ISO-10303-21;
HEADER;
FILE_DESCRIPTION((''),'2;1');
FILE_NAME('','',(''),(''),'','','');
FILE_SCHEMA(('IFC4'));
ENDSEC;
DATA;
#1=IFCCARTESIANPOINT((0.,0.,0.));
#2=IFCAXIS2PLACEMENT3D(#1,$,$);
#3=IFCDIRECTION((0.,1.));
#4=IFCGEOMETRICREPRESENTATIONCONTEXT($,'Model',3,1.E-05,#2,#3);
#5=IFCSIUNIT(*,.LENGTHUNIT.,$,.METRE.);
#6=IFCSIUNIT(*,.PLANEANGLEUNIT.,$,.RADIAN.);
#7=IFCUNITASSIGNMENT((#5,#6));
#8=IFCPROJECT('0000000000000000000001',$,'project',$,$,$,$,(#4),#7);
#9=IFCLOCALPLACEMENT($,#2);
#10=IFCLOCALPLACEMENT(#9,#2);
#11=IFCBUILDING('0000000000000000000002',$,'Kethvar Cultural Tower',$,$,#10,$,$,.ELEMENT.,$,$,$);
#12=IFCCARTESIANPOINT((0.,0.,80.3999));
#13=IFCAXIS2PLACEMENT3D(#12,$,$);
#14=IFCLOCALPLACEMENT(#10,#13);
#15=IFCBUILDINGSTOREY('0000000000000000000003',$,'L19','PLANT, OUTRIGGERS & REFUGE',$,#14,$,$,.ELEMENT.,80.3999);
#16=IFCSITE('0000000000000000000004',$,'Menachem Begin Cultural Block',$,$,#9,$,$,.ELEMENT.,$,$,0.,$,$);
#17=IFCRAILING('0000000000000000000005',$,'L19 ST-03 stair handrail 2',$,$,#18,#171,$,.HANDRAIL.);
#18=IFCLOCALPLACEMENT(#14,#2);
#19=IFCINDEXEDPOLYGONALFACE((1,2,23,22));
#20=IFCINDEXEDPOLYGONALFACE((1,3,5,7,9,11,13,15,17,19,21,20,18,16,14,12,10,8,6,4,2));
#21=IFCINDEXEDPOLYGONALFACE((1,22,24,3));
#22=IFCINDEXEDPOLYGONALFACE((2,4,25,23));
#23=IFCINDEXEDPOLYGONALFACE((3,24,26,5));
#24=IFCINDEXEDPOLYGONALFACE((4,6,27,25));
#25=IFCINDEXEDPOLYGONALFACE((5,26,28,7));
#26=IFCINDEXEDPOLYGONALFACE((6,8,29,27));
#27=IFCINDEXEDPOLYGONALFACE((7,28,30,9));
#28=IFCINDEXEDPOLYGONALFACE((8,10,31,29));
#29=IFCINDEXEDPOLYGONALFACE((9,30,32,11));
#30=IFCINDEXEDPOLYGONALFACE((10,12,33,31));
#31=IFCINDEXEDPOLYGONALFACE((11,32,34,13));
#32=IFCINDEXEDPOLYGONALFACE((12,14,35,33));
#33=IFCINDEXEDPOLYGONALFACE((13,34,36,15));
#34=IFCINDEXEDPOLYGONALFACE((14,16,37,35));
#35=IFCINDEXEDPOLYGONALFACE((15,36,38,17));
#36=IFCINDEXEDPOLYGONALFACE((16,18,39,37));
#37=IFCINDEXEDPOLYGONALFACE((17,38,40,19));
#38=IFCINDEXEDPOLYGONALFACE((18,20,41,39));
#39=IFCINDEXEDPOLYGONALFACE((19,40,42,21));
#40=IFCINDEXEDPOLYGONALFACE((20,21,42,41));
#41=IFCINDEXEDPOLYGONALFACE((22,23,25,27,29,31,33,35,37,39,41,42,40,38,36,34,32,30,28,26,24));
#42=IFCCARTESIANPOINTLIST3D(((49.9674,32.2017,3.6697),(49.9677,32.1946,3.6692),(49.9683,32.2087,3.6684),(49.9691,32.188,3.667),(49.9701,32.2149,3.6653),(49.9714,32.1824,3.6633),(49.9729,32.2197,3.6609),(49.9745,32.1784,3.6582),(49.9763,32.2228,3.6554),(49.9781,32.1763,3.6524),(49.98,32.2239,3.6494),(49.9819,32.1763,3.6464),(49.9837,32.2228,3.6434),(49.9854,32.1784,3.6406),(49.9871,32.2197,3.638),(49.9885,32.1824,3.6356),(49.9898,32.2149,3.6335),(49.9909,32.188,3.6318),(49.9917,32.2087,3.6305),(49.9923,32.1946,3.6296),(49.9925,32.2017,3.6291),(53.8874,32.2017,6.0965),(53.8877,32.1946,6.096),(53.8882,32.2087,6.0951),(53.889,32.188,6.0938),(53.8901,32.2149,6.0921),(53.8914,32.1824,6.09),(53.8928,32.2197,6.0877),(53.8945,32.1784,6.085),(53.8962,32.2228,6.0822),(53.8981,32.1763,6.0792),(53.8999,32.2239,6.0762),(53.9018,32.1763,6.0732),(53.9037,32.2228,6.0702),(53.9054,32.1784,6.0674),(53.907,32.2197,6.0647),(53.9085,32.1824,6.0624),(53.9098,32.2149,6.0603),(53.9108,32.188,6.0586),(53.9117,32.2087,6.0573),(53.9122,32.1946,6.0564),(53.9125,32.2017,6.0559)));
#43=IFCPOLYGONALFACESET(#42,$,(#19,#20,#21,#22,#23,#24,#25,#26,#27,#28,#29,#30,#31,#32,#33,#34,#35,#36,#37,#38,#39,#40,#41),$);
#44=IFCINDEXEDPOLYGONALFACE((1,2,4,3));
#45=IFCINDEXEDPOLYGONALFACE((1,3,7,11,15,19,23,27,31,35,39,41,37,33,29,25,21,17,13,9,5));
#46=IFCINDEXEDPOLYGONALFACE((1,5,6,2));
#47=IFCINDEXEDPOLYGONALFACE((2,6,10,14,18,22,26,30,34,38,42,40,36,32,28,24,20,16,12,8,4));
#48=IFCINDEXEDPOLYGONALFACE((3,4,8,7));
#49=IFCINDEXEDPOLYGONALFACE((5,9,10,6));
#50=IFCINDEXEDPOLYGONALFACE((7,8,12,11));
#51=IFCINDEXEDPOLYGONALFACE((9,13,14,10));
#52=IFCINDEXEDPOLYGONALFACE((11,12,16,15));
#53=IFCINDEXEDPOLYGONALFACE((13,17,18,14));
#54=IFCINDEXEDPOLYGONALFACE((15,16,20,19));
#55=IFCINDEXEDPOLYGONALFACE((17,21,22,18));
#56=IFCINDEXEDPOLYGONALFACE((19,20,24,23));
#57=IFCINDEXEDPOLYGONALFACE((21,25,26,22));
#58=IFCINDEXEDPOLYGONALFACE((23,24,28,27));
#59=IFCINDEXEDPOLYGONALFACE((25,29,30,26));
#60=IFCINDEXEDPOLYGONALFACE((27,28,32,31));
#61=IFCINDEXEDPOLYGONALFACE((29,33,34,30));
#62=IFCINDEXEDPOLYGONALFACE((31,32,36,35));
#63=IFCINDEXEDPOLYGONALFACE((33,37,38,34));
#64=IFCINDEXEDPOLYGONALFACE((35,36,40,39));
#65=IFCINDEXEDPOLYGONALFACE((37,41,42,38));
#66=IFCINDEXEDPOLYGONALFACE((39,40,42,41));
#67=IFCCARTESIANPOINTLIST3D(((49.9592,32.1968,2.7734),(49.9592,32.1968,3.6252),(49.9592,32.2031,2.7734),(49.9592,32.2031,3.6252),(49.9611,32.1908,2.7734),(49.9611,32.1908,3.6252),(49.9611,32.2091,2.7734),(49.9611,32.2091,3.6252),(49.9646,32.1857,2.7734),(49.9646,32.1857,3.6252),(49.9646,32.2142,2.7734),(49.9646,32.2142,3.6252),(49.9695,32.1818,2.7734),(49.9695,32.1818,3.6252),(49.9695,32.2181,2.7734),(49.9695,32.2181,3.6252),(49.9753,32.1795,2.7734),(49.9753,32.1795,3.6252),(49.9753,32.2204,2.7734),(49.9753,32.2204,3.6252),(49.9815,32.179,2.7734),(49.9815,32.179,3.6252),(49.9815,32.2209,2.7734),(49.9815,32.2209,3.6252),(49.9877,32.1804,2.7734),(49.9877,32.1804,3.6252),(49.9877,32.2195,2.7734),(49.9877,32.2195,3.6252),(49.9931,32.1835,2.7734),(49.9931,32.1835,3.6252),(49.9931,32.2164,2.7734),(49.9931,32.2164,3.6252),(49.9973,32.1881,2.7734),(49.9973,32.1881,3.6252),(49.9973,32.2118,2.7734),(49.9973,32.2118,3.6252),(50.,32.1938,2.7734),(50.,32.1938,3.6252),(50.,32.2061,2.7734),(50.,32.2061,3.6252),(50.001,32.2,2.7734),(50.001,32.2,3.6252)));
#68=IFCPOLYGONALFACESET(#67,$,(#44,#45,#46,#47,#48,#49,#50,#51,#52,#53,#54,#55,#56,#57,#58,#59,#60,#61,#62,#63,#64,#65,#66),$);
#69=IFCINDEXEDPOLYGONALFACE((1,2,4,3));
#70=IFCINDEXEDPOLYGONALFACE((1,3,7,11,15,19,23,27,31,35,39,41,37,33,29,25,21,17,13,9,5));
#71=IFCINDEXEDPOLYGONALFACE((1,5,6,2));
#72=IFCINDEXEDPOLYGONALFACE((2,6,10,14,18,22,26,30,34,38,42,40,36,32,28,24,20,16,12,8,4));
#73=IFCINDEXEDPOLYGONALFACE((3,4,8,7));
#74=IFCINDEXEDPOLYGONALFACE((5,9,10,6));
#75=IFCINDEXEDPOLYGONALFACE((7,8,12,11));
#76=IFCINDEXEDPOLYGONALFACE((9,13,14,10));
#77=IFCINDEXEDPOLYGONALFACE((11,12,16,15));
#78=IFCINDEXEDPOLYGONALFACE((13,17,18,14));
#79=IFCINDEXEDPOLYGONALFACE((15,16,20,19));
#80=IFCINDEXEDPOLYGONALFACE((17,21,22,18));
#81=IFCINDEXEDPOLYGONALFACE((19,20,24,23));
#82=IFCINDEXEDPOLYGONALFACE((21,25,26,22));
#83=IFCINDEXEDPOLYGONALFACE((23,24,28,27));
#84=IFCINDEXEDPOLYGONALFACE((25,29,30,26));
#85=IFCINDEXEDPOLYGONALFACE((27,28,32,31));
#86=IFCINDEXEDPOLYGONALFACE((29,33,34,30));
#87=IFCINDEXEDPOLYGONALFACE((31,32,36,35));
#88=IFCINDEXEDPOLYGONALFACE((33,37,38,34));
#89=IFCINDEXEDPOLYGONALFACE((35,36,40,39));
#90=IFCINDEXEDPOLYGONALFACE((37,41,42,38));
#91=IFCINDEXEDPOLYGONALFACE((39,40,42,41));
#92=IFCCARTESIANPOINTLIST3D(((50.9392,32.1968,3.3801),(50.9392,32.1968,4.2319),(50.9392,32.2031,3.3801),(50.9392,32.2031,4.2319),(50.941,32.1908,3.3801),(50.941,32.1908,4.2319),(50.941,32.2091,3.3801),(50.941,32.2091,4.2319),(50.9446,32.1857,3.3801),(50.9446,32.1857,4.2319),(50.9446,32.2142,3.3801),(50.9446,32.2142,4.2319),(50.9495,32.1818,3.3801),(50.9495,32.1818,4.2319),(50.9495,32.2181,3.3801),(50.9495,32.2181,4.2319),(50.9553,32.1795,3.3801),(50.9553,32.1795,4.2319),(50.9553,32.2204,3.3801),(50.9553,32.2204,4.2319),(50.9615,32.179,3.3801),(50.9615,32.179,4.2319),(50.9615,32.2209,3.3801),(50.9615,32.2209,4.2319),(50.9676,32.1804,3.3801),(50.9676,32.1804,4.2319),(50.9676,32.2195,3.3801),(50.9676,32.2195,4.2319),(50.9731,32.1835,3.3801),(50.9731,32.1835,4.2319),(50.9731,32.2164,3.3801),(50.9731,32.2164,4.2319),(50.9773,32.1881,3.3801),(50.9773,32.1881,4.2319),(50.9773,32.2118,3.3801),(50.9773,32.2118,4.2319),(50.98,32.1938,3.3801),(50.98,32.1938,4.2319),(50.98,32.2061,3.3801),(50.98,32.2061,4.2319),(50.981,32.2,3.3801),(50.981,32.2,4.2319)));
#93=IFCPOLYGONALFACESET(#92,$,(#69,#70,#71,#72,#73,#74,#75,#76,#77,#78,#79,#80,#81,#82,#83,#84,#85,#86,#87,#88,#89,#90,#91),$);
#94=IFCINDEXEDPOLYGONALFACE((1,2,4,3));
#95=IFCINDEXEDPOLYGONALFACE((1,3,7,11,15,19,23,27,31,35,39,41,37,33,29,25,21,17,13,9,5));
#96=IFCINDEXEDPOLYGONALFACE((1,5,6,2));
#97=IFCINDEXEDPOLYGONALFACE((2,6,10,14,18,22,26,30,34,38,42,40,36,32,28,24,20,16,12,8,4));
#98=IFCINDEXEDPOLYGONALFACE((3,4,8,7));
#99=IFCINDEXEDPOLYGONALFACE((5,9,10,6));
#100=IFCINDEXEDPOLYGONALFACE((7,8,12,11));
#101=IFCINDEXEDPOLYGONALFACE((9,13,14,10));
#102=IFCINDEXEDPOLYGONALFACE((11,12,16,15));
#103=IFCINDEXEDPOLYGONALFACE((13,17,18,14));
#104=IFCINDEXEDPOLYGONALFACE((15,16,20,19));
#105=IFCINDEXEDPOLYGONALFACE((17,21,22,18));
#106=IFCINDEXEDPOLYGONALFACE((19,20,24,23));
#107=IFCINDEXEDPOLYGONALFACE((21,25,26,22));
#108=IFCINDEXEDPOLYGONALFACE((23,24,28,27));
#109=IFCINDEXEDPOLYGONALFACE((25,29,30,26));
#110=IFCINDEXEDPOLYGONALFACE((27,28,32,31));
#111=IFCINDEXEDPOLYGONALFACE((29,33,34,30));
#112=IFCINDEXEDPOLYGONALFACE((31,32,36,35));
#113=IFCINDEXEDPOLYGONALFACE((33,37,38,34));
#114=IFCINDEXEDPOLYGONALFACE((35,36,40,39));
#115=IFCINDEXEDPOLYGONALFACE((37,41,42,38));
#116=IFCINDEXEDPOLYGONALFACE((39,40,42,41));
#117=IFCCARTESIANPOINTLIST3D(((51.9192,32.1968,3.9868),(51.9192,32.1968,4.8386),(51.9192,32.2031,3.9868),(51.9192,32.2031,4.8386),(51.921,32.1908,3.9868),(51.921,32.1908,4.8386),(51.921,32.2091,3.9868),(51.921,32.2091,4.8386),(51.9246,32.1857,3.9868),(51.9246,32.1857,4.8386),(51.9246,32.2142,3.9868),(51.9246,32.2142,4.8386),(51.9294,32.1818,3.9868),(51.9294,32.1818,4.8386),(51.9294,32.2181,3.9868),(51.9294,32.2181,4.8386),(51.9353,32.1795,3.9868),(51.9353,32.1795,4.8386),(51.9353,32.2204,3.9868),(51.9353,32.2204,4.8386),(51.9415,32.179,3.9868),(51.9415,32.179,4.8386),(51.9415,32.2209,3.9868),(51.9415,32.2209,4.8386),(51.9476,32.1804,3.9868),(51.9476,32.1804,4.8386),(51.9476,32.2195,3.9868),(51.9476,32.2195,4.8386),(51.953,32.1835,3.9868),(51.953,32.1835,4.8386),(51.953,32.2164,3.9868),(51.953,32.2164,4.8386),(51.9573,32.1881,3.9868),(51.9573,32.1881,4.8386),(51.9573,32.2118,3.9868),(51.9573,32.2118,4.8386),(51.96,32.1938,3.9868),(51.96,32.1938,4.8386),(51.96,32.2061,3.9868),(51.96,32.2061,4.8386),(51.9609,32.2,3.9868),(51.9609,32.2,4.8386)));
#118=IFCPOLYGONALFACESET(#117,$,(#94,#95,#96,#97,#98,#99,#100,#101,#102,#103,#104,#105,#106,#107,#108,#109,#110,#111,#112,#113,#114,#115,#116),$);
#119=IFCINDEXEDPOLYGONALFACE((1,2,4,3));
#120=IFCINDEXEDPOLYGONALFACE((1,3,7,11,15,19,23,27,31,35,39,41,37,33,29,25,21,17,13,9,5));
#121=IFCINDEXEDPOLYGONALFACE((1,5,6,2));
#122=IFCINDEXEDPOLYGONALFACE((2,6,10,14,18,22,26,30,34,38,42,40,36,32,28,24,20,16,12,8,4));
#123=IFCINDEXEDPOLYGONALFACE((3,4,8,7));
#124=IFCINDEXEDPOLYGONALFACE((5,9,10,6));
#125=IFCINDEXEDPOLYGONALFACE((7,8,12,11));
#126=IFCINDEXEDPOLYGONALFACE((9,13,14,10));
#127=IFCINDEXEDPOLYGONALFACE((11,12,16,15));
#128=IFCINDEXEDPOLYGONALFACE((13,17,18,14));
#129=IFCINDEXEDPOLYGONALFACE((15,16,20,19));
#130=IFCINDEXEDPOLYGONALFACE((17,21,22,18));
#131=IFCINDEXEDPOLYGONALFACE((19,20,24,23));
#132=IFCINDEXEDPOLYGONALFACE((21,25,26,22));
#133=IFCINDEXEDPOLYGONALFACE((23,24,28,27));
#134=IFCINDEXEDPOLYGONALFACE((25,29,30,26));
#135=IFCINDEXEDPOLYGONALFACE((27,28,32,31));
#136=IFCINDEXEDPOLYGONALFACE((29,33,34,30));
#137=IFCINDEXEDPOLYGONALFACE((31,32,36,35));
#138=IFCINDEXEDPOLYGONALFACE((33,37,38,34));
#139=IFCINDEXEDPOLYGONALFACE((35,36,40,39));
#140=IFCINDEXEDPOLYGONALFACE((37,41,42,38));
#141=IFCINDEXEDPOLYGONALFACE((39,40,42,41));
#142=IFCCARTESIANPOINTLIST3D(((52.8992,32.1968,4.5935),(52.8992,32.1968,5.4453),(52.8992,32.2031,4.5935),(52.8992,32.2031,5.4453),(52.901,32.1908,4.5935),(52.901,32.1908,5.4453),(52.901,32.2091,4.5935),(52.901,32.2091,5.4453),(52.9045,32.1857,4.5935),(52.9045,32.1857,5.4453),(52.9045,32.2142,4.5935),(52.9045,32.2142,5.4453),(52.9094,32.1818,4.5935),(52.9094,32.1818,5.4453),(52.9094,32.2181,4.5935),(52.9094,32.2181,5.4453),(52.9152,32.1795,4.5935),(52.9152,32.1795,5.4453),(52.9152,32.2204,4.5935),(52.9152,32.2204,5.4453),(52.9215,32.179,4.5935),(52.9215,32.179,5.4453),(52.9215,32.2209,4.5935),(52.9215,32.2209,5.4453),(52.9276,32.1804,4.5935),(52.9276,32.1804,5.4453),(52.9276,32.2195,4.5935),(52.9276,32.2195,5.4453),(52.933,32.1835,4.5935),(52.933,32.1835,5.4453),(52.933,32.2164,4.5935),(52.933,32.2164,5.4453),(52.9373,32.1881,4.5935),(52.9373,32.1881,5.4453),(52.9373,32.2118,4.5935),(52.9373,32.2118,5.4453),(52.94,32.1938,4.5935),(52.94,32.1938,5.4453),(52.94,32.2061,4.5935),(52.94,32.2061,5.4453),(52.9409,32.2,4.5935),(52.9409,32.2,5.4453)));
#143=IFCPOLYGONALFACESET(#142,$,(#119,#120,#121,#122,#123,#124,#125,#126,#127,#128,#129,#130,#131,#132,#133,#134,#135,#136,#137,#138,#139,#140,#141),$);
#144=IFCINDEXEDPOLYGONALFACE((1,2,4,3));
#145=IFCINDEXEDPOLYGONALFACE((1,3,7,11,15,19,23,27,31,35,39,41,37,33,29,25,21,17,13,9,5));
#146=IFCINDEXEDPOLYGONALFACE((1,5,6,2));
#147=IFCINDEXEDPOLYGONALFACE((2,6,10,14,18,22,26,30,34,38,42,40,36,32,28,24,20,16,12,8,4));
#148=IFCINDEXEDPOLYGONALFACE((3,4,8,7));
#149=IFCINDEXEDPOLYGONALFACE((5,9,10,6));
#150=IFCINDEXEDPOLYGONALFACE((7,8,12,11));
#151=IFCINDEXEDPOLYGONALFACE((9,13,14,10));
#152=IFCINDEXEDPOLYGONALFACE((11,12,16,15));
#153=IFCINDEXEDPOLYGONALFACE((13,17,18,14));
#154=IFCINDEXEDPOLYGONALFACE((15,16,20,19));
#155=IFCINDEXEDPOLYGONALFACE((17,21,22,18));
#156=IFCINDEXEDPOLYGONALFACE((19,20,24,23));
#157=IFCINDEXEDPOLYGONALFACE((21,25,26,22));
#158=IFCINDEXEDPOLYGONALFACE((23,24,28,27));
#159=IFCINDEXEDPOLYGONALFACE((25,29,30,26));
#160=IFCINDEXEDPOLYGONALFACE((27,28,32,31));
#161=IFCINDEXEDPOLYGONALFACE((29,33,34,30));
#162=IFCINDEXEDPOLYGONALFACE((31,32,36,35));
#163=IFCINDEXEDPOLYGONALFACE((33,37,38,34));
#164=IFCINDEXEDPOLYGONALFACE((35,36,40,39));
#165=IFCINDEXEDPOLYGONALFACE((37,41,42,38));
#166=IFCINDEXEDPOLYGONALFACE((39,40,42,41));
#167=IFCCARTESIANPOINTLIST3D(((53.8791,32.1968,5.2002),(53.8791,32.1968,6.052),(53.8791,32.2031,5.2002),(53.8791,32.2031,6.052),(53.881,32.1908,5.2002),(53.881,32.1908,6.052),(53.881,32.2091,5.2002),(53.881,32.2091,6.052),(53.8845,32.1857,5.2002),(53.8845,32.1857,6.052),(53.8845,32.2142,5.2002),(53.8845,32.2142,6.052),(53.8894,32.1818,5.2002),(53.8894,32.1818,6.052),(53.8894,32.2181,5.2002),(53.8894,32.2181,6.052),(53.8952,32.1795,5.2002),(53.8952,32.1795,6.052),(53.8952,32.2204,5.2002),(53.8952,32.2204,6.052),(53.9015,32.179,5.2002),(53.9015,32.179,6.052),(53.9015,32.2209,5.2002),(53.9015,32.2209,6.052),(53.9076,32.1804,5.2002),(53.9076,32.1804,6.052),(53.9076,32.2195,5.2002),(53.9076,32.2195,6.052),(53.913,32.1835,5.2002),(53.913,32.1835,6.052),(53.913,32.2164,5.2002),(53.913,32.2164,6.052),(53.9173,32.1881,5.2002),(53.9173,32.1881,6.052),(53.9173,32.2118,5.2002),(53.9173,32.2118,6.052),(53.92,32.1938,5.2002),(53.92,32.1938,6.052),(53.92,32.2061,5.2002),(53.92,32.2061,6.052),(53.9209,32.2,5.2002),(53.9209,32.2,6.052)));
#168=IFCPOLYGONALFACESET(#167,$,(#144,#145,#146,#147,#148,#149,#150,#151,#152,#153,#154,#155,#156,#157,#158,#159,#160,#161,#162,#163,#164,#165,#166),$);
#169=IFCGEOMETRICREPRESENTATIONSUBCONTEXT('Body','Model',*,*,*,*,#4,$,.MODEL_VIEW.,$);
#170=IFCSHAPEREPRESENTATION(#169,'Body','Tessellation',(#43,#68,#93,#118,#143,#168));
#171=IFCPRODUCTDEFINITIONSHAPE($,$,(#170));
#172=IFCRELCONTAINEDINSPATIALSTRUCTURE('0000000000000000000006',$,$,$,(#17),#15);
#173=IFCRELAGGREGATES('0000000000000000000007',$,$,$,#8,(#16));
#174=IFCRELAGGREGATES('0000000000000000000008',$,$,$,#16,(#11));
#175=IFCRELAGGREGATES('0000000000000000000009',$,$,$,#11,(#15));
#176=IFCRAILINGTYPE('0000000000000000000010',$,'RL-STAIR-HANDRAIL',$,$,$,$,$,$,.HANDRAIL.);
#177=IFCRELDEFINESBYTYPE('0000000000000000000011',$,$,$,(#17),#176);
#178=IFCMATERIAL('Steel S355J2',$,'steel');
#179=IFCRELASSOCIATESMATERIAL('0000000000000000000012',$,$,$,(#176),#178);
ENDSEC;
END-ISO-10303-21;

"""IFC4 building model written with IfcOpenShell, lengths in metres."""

from ifc_helpers import new_model, si_unit, direction, frame, origin, origin_2d, place, context, subcontext, project, spatial, circle, extrude, material, type_object, element, save


model = new_model("IFC4")

# Units and contexts
model_context = context("Model", 3, precision=1e-05, world=origin(), true_north=direction((0.0, 1.0)))
body_context = subcontext(model_context, "Body", "Model", "MODEL_VIEW")
ifc_project = project(units=[si_unit("LENGTHUNIT", "METRE"), si_unit("PLANEANGLEUNIT", "RADIAN")], contexts=[model_context])

# Site, building, storey
site_placement = place(None, origin())
site = spatial("IfcSite", under=ifc_project, at=site_placement, Name="Menachem Begin Cultural Block", CompositionType="ELEMENT", RefElevation=0.0)
building_placement = place(site_placement, origin())
building = spatial("IfcBuilding", under=site, at=building_placement, Name="Kethvar Cultural Tower", CompositionType="ELEMENT")
storey_placement = place(building_placement, frame((0.0, 0.0, 80.3999)))
storey = spatial("IfcBuildingStorey", under=building, at=storey_placement, Name="L19", Description="PLANT, OUTRIGGERS & REFUGE", CompositionType="ELEMENT", Elevation=80.3999)

# Railing
ifc_material_1 = material(Name="Steel S355J2", Category="steel")
railing_type_1 = type_object("IfcRailingType", Name="RL-STAIR-HANDRAIL", PredefinedType="HANDRAIL", material=ifc_material_1)
railing_1_placement = place(storey_placement, frame((49.98, 32.2, 2.7734)))
element("IfcRailing", 1, at=railing_1_placement, inside=storey, type_object=railing_type_1, Name="L19 ST-03 stair handrail 2", PredefinedType="HANDRAIL", context=body_context, shape_type="SweptSolid", body=[
    extrude(circle(Radius=0.0239, at=origin_2d()), frame((0.0, 0.0, 0.876), z_axis=(0.850252, 0.0, 0.526376), x_axis=(0.0, 1.0, 0.0)), (0.0, 0.0, 1.0), 4.6104),
    extrude(circle(Radius=0.021, at=origin_2d()), origin(), (0.0, 0.0, 1.0), 0.8518),
    extrude(circle(Radius=0.021, at=origin_2d()), frame((0.98, 0.0, 0.6067)), (0.0, 0.0, 1.0), 0.8518),
    extrude(circle(Radius=0.021, at=origin_2d()), frame((1.96, 0.0, 1.2134)), (0.0, 0.0, 1.0), 0.8518),
    extrude(circle(Radius=0.021, at=origin_2d()), frame((2.9399, 0.0, 1.8201)), (0.0, 0.0, 1.0), 0.8518),
    extrude(circle(Radius=0.021, at=origin_2d()), frame((3.9199, 0.0, 2.4268)), (0.0, 0.0, 1.0), 0.8518),
])

save(model, "model.ifc")
